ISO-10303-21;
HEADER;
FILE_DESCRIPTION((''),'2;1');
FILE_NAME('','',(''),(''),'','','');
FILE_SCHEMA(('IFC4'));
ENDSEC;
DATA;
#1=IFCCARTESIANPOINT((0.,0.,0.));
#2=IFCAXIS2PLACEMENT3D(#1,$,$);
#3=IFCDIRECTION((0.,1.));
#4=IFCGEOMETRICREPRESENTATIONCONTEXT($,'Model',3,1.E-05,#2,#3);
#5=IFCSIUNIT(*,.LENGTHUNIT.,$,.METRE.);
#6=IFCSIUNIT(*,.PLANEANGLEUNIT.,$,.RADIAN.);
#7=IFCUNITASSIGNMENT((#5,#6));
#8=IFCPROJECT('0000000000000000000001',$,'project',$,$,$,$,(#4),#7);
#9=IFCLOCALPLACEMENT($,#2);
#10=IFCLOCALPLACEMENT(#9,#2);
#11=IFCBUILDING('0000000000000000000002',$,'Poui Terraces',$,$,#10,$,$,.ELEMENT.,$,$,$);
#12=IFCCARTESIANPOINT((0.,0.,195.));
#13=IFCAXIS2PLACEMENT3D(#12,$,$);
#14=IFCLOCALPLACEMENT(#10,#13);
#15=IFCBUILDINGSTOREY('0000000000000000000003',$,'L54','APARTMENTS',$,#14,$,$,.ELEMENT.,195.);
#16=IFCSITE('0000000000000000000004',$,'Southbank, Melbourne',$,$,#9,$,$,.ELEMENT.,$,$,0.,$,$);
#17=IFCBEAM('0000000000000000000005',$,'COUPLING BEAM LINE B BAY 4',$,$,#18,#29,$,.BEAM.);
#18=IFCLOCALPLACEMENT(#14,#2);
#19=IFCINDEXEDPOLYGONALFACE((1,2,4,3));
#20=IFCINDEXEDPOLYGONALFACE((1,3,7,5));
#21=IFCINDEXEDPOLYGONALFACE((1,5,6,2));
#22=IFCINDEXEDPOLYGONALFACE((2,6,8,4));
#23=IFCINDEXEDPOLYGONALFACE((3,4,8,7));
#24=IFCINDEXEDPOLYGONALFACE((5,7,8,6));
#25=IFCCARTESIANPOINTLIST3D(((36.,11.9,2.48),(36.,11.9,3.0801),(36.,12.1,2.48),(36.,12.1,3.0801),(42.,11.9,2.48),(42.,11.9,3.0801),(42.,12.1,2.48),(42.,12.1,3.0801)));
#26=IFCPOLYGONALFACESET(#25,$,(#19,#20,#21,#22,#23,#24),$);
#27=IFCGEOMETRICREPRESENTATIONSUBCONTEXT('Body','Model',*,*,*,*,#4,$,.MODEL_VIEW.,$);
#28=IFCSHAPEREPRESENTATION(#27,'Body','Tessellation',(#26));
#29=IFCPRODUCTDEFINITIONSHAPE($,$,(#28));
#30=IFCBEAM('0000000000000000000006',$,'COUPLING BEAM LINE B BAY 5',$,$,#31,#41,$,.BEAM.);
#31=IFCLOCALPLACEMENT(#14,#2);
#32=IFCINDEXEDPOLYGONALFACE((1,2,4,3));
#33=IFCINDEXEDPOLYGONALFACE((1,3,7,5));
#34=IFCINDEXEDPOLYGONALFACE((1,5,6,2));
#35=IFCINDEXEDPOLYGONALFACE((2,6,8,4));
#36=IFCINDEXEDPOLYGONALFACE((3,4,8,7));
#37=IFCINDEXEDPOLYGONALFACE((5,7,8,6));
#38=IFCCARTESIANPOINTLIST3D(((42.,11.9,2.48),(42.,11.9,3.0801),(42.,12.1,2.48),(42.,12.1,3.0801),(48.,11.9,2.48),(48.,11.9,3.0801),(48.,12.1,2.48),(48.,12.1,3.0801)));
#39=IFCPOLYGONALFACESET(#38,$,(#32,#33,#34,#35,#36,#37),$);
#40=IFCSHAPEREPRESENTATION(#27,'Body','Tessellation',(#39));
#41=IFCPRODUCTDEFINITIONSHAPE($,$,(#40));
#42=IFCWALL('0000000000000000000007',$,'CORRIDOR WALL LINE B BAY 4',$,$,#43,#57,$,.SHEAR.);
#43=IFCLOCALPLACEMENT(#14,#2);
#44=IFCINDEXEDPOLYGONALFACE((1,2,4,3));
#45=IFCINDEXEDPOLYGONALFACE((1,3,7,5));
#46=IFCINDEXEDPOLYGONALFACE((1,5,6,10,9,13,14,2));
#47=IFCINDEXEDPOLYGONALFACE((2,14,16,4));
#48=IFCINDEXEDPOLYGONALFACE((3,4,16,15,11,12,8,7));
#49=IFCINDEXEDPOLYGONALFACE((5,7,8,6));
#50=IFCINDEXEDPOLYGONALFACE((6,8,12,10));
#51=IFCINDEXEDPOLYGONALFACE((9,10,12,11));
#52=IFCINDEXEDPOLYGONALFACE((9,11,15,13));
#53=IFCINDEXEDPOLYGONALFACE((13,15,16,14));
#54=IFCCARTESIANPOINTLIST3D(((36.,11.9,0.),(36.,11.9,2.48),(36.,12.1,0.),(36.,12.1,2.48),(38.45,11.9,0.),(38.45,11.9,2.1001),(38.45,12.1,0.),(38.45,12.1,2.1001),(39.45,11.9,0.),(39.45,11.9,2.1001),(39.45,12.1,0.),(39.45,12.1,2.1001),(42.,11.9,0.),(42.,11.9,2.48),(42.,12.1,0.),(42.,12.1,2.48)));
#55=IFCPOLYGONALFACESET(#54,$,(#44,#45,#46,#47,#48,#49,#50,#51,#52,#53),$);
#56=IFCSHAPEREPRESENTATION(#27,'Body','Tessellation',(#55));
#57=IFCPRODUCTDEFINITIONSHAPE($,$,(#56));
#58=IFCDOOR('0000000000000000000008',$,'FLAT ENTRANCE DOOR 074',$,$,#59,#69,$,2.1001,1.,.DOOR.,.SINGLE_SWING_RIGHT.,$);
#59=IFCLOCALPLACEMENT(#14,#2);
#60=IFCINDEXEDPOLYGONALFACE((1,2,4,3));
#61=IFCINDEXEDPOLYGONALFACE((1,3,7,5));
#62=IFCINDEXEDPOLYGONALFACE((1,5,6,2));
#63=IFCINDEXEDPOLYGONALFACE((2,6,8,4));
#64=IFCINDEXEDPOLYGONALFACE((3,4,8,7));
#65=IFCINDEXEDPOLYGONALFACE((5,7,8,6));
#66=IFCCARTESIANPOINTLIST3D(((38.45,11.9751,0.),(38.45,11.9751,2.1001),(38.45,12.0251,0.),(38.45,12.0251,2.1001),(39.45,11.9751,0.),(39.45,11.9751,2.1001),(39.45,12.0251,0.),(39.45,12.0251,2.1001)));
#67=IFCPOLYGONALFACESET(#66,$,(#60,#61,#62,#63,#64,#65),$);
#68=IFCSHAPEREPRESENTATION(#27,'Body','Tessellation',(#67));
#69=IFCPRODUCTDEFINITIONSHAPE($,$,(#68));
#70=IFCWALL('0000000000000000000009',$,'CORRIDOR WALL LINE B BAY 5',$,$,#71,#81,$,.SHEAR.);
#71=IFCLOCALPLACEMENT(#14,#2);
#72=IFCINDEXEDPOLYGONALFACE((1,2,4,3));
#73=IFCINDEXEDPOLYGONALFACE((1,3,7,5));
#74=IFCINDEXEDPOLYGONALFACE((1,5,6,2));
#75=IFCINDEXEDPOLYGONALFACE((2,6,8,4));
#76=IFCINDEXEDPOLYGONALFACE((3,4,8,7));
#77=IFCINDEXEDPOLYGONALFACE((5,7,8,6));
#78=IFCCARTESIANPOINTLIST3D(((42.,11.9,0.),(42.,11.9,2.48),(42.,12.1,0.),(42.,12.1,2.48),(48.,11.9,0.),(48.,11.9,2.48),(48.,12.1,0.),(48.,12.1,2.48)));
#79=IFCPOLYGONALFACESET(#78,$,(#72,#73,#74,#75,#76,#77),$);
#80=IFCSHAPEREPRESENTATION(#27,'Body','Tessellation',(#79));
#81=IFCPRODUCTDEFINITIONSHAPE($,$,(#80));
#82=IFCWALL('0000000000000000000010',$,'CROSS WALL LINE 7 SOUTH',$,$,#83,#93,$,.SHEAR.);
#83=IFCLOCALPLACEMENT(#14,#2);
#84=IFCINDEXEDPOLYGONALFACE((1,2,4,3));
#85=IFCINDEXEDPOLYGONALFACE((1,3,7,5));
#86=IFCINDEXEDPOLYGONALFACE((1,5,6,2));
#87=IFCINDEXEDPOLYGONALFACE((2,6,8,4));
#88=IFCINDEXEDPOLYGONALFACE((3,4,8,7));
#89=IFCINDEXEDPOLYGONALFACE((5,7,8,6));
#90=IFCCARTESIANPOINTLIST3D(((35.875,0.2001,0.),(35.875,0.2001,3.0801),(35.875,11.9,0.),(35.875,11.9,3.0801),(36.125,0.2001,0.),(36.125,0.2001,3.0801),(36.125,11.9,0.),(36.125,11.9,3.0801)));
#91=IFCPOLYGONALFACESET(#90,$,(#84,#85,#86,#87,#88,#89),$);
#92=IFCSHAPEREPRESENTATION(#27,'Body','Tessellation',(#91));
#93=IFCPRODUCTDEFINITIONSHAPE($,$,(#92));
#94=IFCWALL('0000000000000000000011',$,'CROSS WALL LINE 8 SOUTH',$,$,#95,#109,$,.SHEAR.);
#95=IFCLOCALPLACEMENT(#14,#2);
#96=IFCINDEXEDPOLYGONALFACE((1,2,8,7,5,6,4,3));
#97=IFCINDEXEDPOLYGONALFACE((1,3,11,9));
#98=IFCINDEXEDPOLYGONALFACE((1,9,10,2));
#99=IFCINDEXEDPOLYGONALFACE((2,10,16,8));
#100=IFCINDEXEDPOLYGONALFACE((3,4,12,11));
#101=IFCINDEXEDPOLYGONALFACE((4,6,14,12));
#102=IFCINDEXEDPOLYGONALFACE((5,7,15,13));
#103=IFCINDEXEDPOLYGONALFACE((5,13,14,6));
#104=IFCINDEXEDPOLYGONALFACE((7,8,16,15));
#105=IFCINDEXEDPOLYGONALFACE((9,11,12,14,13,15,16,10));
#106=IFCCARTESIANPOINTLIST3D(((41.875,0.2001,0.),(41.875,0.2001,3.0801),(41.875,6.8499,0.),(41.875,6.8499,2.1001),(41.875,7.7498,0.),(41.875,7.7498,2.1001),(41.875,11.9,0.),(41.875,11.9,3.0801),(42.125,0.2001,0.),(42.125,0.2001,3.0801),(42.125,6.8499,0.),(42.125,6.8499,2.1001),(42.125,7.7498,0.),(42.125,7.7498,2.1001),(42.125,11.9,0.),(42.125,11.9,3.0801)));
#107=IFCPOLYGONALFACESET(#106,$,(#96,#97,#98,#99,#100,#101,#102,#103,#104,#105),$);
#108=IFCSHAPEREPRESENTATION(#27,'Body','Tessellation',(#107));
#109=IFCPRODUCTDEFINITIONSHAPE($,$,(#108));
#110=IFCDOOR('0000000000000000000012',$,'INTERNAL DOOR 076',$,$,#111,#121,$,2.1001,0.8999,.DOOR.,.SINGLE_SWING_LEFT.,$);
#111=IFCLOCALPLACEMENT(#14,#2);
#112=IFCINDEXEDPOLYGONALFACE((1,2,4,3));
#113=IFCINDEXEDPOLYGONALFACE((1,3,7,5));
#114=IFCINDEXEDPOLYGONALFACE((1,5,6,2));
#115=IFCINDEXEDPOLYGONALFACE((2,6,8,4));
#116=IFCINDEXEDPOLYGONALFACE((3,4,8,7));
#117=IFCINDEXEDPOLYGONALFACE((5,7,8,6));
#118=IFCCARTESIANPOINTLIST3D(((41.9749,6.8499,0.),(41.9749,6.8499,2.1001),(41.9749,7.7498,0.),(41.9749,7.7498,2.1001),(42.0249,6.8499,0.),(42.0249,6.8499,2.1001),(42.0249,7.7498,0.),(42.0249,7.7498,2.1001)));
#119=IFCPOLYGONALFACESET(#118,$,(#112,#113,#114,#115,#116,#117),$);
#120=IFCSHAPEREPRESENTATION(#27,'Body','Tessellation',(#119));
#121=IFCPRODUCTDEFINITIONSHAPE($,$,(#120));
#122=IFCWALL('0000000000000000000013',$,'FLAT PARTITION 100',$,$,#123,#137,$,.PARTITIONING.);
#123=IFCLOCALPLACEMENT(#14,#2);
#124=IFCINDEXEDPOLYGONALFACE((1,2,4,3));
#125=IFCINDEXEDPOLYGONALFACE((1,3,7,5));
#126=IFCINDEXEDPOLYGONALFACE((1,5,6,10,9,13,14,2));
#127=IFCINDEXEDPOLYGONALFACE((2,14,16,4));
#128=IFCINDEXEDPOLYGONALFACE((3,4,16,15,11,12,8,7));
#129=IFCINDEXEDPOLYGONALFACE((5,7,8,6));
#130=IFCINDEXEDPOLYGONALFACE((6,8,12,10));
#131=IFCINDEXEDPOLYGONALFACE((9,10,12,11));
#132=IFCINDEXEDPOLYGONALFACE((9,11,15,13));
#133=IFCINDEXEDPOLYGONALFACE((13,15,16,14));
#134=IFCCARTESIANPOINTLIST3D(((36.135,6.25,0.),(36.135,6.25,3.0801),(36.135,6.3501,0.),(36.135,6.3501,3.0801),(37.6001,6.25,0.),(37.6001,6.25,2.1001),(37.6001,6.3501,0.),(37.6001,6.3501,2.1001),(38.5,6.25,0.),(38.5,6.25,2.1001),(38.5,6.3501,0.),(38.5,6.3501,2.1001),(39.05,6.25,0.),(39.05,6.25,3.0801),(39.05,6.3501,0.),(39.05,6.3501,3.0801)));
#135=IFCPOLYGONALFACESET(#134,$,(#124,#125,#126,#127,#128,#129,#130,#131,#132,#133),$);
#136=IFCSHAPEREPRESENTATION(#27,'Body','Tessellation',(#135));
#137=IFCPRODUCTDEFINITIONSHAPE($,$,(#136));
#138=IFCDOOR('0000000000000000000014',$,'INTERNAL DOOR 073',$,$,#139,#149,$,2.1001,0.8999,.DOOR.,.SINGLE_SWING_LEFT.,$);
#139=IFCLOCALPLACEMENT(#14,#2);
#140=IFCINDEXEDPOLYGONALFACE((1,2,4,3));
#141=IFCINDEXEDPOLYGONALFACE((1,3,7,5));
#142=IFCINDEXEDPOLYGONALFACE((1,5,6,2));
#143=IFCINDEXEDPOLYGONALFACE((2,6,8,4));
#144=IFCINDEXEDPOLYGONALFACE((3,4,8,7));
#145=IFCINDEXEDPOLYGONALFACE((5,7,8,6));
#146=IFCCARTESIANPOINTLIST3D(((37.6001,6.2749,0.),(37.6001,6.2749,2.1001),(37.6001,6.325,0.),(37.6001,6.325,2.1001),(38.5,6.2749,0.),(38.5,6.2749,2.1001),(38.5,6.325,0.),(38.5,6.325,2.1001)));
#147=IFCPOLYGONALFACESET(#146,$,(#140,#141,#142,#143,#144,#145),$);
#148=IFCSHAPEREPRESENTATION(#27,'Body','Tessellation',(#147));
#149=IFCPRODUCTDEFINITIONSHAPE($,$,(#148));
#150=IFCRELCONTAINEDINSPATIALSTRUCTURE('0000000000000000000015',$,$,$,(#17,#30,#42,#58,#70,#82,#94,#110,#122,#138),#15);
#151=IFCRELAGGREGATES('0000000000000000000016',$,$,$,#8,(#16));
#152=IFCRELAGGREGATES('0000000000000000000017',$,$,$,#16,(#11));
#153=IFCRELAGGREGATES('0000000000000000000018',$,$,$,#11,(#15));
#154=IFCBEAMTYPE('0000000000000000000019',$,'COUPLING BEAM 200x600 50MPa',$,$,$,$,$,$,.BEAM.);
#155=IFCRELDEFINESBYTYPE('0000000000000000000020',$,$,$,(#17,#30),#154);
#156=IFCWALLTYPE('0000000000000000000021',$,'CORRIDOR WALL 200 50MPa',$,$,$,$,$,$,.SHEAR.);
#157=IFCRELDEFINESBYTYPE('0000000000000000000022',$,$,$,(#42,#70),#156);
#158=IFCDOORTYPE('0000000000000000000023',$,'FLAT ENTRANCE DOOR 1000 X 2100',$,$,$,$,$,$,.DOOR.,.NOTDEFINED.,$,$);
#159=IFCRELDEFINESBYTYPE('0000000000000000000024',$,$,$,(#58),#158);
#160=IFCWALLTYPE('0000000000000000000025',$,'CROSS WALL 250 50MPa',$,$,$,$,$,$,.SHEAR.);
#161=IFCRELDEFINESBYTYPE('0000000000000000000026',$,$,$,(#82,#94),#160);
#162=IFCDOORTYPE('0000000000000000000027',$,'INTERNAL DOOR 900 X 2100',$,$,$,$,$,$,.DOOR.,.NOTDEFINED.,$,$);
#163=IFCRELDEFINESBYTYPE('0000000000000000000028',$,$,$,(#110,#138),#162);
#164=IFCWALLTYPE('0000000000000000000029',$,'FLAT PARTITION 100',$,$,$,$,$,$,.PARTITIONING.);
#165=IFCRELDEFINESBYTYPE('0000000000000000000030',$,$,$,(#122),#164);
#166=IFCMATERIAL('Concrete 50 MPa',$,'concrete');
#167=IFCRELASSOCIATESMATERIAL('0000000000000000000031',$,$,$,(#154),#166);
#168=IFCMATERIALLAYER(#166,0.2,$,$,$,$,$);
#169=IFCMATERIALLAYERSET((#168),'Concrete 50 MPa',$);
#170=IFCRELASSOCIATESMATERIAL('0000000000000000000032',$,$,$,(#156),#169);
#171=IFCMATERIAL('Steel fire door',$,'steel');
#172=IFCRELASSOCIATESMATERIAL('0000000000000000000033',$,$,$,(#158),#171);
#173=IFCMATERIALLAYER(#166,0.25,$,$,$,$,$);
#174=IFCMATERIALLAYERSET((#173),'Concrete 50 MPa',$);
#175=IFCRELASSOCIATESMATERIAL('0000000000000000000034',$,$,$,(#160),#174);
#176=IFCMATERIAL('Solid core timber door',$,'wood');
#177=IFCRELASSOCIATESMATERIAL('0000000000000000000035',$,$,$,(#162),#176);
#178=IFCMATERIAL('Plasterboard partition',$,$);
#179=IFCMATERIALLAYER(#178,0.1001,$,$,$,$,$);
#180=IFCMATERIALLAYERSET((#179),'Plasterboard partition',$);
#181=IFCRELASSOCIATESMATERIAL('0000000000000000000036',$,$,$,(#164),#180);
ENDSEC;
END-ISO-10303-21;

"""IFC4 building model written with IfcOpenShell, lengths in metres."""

from ifc_helpers import new_model, si_unit, direction, frame, frame_2d, origin, origin_2d, place, context, subcontext, project, spatial, rectangle, extrude, source, transform, mapped, material, layer, layer_set, material_profile, profile_set, type_object, element, fill, save


model = new_model("IFC4")

# Units and contexts
model_context = context("Model", 3, precision=1e-05, world=origin(), true_north=direction((0.0, 1.0)))
body_context = subcontext(model_context, "Body", "Model", "MODEL_VIEW")
ifc_project = project(units=[si_unit("LENGTHUNIT", "METRE"), si_unit("PLANEANGLEUNIT", "RADIAN")], contexts=[model_context])

# Site, building, storey
site_placement = place(None, origin())
site = spatial("IfcSite", under=ifc_project, at=site_placement, Name="Southbank, Melbourne", CompositionType="ELEMENT", RefElevation=0.0)
building_placement = place(site_placement, origin())
building = spatial("IfcBuilding", under=site, at=building_placement, Name="Poui Terraces", CompositionType="ELEMENT")
storey_placement = place(building_placement, frame((0.0, 0.0, 195.0)))
storey = spatial("IfcBuildingStorey", under=building, at=storey_placement, Name="L54", Description="APARTMENTS", CompositionType="ELEMENT", Elevation=195.0)

# Beams
ifc_material_1 = material(Name="Concrete 50 MPa", Category="concrete")
ifc_material_profile_1 = material_profile(ifc_material_1, rectangle(XDim=0.2, YDim=0.6001, at=origin_2d()), Name="RC 200x600")
ifc_profile_set_1 = profile_set([ifc_material_profile_1], Name="Concrete 50 MPa")
beam_type = type_object("IfcBeamType", Name="COUPLING BEAM 200x600 50MPa", PredefinedType="BEAM", material=ifc_profile_set_1)
shared_shape_1 = source(origin(), body_context, "Body", "SweptSolid", [
    extrude(rectangle(XDim=0.2, YDim=0.6001, at=origin_2d()), origin(), (0.0, 0.0, 1.0), 6.0),
])
for number, where, z_axis, x_axis, name in (
    (1, (36.0, 12.0, 2.78), (1.0, 0.0, 0.0), (0.0, 1.0, 0.0), "COUPLING BEAM LINE B BAY 4"),
    (2, (42.0, 12.0, 2.78), (1.0, 0.0, 0.0), (0.0, 1.0, 0.0), "COUPLING BEAM LINE B BAY 5"),
):
    element("IfcBeam", number, at=place(storey_placement, frame(where, z_axis=z_axis, x_axis=x_axis)), inside=storey, type_object=beam_type, Name=name, PredefinedType="BEAM", context=body_context, shape_type="MappedRepresentation", body=[
        mapped(shared_shape_1, transform((0.0, 0.0, 0.0))),
    ])

# Wall, opening, door
ifc_layer_1 = layer(ifc_material_1, 0.2)
ifc_layer_set_1 = layer_set([ifc_layer_1], Name="Concrete 50 MPa")
wall_type_1 = type_object("IfcWallType", Name="CORRIDOR WALL 200 50MPa", PredefinedType="SHEAR", material=ifc_layer_set_1)
wall_1_placement = place(storey_placement, frame((36.0, 12.0, 0.0), z_axis=(0.0, 0.0, 1.0), x_axis=(1.0, 0.0, 0.0)))
wall_1 = element("IfcWall", 3, at=wall_1_placement, inside=storey, type_object=wall_type_1, Name="CORRIDOR WALL LINE B BAY 4", PredefinedType="SHEAR", context=body_context, shape_type="SweptSolid", body=[
    extrude(rectangle(XDim=6.0, YDim=0.2, at=frame_2d((3.0, 0.0))), origin(), (0.0, 0.0, 1.0), 2.48),
])
opening_1_placement = place(wall_1_placement, frame((2.45, 0.0, 0.0)))
opening_1 = element("IfcOpeningElement", 4, at=opening_1_placement, cuts=wall_1, PredefinedType="OPENING", context=body_context, shape_type="SweptSolid", body=[
    extrude(rectangle(XDim=1.0, YDim=2.1001, at=frame_2d((0.5, 1.05))), frame((0.0, 0.1099, 0.0), z_axis=(0.0, -1.0, 0.0), x_axis=(1.0, 0.0, 0.0)), (0.0, 0.0, 1.0), 0.22),
])
ifc_material_2 = material(Name="Steel fire door", Category="steel")
door_type_1 = type_object("IfcDoorType", Name="FLAT ENTRANCE DOOR 1000 X 2100", OperationType="NOTDEFINED", PredefinedType="DOOR", material=ifc_material_2)
door_1_placement = place(opening_1_placement, frame((1.0, 0.0, 0.0), z_axis=(0.0, 0.0, 1.0), x_axis=(-1.0, 0.0, 0.0)))
door_1 = element("IfcDoor", 5, at=door_1_placement, inside=storey, type_object=door_type_1, Name="FLAT ENTRANCE DOOR 074", OperationType="SINGLE_SWING_RIGHT", OverallHeight=2.1001, OverallWidth=1.0, PredefinedType="DOOR", context=body_context, shape_type="SweptSolid", body=[
    extrude(rectangle(XDim=1.0, YDim=2.1001, at=frame_2d((0.5, 1.05))), frame((0.0, 0.0249, 0.0), z_axis=(0.0, -1.0, 0.0), x_axis=(1.0, 0.0, 0.0)), (0.0, 0.0, 1.0), 0.05),
])
fill(opening_1, door_1)

# Walls
wall_2_placement = place(storey_placement, frame((42.0, 12.0, 0.0), z_axis=(0.0, 0.0, 1.0), x_axis=(1.0, 0.0, 0.0)))
element("IfcWall", 6, at=wall_2_placement, inside=storey, type_object=wall_type_1, Name="CORRIDOR WALL LINE B BAY 5", PredefinedType="SHEAR", context=body_context, shape_type="SweptSolid", body=[
    extrude(rectangle(XDim=6.0, YDim=0.2, at=frame_2d((3.0, 0.0))), origin(), (0.0, 0.0, 1.0), 2.48),
])
ifc_layer_2 = layer(ifc_material_1, 0.25)
ifc_layer_set_2 = layer_set([ifc_layer_2], Name="Concrete 50 MPa")
wall_type_2 = type_object("IfcWallType", Name="CROSS WALL 250 50MPa", PredefinedType="SHEAR", material=ifc_layer_set_2)
wall_3_placement = place(storey_placement, frame((36.0, 0.2, 0.0), z_axis=(0.0, 0.0, 1.0), x_axis=(0.0, 1.0, 0.0)))
element("IfcWall", 7, at=wall_3_placement, inside=storey, type_object=wall_type_2, Name="CROSS WALL LINE 7 SOUTH", PredefinedType="SHEAR", context=body_context, shape_type="SweptSolid", body=[
    extrude(rectangle(XDim=11.7, YDim=0.25, at=frame_2d((5.8501, 0.0))), origin(), (0.0, 0.0, 1.0), 3.0801),
])

# Walls, openings, doors
wall_4_placement = place(storey_placement, frame((42.0, 0.2, 0.0), z_axis=(0.0, 0.0, 1.0), x_axis=(0.0, 1.0, 0.0)))
wall_4 = element("IfcWall", 8, at=wall_4_placement, inside=storey, type_object=wall_type_2, Name="CROSS WALL LINE 8 SOUTH", PredefinedType="SHEAR", context=body_context, shape_type="SweptSolid", body=[
    extrude(rectangle(XDim=11.7, YDim=0.25, at=frame_2d((5.8501, 0.0))), origin(), (0.0, 0.0, 1.0), 3.0801),
])
opening_2_placement = place(wall_4_placement, frame((6.6499, 0.0, 0.0)))
opening_2 = element("IfcOpeningElement", 9, at=opening_2_placement, cuts=wall_4, PredefinedType="OPENING", context=body_context, shape_type="SweptSolid", body=[
    extrude(rectangle(XDim=0.8999, YDim=2.1001, at=frame_2d((0.45, 1.05))), frame((0.0, 0.135, 0.0), z_axis=(0.0, -1.0, 0.0), x_axis=(1.0, 0.0, 0.0)), (0.0, 0.0, 1.0), 0.27),
])
ifc_material_3 = material(Name="Solid core timber door", Category="wood")
door_type_2 = type_object("IfcDoorType", Name="INTERNAL DOOR 900 X 2100", OperationType="NOTDEFINED", PredefinedType="DOOR", material=ifc_material_3)
door_2_placement = place(opening_2_placement, frame((0.8999, 0.0, 0.0), z_axis=(0.0, 0.0, 1.0), x_axis=(-1.0, 0.0, 0.0)))
door_2 = element("IfcDoor", 10, at=door_2_placement, inside=storey, type_object=door_type_2, Name="INTERNAL DOOR 076", OperationType="SINGLE_SWING_LEFT", OverallHeight=2.1001, OverallWidth=0.8999, PredefinedType="DOOR", context=body_context, shape_type="SweptSolid", body=[
    extrude(rectangle(XDim=0.8999, YDim=2.1001, at=frame_2d((0.45, 1.05))), frame((0.0, 0.0249, 0.0), z_axis=(0.0, -1.0, 0.0), x_axis=(1.0, 0.0, 0.0)), (0.0, 0.0, 1.0), 0.05),
])
fill(opening_2, door_2)
ifc_material_4 = material(Name="Plasterboard partition")
ifc_layer_3 = layer(ifc_material_4, 0.1001)
ifc_layer_set_3 = layer_set([ifc_layer_3], Name="Plasterboard partition")
wall_type_3 = type_object("IfcWallType", Name="FLAT PARTITION 100", PredefinedType="PARTITIONING", material=ifc_layer_set_3)
wall_5_placement = place(storey_placement, frame((36.135, 6.3, 0.0), z_axis=(0.0, 0.0, 1.0), x_axis=(1.0, 0.0, 0.0)))
wall_5 = element("IfcWall", 11, at=wall_5_placement, inside=storey, type_object=wall_type_3, Name="FLAT PARTITION 100", PredefinedType="PARTITIONING", context=body_context, shape_type="SweptSolid", body=[
    extrude(rectangle(XDim=2.915, YDim=0.1001, at=frame_2d((1.4575, 0.0))), origin(), (0.0, 0.0, 1.0), 3.0801),
])
opening_3_placement = place(wall_5_placement, frame((1.4651, 0.0, 0.0)))
opening_3 = element("IfcOpeningElement", 12, at=opening_3_placement, cuts=wall_5, PredefinedType="OPENING", context=body_context, shape_type="SweptSolid", body=[
    extrude(rectangle(XDim=0.8999, YDim=2.1001, at=frame_2d((0.45, 1.05))), frame((0.0, 0.0601, 0.0), z_axis=(0.0, -1.0, 0.0), x_axis=(1.0, 0.0, 0.0)), (0.0, 0.0, 1.0), 0.1201),
])
door_3_placement = place(opening_3_placement, origin())
door_3 = element("IfcDoor", 13, at=door_3_placement, inside=storey, type_object=door_type_2, Name="INTERNAL DOOR 073", OperationType="SINGLE_SWING_LEFT", OverallHeight=2.1001, OverallWidth=0.8999, PredefinedType="DOOR", context=body_context, shape_type="SweptSolid", body=[
    extrude(rectangle(XDim=0.8999, YDim=2.1001, at=frame_2d((0.45, 1.05))), frame((0.0, 0.0249, 0.0), z_axis=(0.0, -1.0, 0.0), x_axis=(1.0, 0.0, 0.0)), (0.0, 0.0, 1.0), 0.05),
])
fill(opening_3, door_3)

save(model, "model.ifc")
